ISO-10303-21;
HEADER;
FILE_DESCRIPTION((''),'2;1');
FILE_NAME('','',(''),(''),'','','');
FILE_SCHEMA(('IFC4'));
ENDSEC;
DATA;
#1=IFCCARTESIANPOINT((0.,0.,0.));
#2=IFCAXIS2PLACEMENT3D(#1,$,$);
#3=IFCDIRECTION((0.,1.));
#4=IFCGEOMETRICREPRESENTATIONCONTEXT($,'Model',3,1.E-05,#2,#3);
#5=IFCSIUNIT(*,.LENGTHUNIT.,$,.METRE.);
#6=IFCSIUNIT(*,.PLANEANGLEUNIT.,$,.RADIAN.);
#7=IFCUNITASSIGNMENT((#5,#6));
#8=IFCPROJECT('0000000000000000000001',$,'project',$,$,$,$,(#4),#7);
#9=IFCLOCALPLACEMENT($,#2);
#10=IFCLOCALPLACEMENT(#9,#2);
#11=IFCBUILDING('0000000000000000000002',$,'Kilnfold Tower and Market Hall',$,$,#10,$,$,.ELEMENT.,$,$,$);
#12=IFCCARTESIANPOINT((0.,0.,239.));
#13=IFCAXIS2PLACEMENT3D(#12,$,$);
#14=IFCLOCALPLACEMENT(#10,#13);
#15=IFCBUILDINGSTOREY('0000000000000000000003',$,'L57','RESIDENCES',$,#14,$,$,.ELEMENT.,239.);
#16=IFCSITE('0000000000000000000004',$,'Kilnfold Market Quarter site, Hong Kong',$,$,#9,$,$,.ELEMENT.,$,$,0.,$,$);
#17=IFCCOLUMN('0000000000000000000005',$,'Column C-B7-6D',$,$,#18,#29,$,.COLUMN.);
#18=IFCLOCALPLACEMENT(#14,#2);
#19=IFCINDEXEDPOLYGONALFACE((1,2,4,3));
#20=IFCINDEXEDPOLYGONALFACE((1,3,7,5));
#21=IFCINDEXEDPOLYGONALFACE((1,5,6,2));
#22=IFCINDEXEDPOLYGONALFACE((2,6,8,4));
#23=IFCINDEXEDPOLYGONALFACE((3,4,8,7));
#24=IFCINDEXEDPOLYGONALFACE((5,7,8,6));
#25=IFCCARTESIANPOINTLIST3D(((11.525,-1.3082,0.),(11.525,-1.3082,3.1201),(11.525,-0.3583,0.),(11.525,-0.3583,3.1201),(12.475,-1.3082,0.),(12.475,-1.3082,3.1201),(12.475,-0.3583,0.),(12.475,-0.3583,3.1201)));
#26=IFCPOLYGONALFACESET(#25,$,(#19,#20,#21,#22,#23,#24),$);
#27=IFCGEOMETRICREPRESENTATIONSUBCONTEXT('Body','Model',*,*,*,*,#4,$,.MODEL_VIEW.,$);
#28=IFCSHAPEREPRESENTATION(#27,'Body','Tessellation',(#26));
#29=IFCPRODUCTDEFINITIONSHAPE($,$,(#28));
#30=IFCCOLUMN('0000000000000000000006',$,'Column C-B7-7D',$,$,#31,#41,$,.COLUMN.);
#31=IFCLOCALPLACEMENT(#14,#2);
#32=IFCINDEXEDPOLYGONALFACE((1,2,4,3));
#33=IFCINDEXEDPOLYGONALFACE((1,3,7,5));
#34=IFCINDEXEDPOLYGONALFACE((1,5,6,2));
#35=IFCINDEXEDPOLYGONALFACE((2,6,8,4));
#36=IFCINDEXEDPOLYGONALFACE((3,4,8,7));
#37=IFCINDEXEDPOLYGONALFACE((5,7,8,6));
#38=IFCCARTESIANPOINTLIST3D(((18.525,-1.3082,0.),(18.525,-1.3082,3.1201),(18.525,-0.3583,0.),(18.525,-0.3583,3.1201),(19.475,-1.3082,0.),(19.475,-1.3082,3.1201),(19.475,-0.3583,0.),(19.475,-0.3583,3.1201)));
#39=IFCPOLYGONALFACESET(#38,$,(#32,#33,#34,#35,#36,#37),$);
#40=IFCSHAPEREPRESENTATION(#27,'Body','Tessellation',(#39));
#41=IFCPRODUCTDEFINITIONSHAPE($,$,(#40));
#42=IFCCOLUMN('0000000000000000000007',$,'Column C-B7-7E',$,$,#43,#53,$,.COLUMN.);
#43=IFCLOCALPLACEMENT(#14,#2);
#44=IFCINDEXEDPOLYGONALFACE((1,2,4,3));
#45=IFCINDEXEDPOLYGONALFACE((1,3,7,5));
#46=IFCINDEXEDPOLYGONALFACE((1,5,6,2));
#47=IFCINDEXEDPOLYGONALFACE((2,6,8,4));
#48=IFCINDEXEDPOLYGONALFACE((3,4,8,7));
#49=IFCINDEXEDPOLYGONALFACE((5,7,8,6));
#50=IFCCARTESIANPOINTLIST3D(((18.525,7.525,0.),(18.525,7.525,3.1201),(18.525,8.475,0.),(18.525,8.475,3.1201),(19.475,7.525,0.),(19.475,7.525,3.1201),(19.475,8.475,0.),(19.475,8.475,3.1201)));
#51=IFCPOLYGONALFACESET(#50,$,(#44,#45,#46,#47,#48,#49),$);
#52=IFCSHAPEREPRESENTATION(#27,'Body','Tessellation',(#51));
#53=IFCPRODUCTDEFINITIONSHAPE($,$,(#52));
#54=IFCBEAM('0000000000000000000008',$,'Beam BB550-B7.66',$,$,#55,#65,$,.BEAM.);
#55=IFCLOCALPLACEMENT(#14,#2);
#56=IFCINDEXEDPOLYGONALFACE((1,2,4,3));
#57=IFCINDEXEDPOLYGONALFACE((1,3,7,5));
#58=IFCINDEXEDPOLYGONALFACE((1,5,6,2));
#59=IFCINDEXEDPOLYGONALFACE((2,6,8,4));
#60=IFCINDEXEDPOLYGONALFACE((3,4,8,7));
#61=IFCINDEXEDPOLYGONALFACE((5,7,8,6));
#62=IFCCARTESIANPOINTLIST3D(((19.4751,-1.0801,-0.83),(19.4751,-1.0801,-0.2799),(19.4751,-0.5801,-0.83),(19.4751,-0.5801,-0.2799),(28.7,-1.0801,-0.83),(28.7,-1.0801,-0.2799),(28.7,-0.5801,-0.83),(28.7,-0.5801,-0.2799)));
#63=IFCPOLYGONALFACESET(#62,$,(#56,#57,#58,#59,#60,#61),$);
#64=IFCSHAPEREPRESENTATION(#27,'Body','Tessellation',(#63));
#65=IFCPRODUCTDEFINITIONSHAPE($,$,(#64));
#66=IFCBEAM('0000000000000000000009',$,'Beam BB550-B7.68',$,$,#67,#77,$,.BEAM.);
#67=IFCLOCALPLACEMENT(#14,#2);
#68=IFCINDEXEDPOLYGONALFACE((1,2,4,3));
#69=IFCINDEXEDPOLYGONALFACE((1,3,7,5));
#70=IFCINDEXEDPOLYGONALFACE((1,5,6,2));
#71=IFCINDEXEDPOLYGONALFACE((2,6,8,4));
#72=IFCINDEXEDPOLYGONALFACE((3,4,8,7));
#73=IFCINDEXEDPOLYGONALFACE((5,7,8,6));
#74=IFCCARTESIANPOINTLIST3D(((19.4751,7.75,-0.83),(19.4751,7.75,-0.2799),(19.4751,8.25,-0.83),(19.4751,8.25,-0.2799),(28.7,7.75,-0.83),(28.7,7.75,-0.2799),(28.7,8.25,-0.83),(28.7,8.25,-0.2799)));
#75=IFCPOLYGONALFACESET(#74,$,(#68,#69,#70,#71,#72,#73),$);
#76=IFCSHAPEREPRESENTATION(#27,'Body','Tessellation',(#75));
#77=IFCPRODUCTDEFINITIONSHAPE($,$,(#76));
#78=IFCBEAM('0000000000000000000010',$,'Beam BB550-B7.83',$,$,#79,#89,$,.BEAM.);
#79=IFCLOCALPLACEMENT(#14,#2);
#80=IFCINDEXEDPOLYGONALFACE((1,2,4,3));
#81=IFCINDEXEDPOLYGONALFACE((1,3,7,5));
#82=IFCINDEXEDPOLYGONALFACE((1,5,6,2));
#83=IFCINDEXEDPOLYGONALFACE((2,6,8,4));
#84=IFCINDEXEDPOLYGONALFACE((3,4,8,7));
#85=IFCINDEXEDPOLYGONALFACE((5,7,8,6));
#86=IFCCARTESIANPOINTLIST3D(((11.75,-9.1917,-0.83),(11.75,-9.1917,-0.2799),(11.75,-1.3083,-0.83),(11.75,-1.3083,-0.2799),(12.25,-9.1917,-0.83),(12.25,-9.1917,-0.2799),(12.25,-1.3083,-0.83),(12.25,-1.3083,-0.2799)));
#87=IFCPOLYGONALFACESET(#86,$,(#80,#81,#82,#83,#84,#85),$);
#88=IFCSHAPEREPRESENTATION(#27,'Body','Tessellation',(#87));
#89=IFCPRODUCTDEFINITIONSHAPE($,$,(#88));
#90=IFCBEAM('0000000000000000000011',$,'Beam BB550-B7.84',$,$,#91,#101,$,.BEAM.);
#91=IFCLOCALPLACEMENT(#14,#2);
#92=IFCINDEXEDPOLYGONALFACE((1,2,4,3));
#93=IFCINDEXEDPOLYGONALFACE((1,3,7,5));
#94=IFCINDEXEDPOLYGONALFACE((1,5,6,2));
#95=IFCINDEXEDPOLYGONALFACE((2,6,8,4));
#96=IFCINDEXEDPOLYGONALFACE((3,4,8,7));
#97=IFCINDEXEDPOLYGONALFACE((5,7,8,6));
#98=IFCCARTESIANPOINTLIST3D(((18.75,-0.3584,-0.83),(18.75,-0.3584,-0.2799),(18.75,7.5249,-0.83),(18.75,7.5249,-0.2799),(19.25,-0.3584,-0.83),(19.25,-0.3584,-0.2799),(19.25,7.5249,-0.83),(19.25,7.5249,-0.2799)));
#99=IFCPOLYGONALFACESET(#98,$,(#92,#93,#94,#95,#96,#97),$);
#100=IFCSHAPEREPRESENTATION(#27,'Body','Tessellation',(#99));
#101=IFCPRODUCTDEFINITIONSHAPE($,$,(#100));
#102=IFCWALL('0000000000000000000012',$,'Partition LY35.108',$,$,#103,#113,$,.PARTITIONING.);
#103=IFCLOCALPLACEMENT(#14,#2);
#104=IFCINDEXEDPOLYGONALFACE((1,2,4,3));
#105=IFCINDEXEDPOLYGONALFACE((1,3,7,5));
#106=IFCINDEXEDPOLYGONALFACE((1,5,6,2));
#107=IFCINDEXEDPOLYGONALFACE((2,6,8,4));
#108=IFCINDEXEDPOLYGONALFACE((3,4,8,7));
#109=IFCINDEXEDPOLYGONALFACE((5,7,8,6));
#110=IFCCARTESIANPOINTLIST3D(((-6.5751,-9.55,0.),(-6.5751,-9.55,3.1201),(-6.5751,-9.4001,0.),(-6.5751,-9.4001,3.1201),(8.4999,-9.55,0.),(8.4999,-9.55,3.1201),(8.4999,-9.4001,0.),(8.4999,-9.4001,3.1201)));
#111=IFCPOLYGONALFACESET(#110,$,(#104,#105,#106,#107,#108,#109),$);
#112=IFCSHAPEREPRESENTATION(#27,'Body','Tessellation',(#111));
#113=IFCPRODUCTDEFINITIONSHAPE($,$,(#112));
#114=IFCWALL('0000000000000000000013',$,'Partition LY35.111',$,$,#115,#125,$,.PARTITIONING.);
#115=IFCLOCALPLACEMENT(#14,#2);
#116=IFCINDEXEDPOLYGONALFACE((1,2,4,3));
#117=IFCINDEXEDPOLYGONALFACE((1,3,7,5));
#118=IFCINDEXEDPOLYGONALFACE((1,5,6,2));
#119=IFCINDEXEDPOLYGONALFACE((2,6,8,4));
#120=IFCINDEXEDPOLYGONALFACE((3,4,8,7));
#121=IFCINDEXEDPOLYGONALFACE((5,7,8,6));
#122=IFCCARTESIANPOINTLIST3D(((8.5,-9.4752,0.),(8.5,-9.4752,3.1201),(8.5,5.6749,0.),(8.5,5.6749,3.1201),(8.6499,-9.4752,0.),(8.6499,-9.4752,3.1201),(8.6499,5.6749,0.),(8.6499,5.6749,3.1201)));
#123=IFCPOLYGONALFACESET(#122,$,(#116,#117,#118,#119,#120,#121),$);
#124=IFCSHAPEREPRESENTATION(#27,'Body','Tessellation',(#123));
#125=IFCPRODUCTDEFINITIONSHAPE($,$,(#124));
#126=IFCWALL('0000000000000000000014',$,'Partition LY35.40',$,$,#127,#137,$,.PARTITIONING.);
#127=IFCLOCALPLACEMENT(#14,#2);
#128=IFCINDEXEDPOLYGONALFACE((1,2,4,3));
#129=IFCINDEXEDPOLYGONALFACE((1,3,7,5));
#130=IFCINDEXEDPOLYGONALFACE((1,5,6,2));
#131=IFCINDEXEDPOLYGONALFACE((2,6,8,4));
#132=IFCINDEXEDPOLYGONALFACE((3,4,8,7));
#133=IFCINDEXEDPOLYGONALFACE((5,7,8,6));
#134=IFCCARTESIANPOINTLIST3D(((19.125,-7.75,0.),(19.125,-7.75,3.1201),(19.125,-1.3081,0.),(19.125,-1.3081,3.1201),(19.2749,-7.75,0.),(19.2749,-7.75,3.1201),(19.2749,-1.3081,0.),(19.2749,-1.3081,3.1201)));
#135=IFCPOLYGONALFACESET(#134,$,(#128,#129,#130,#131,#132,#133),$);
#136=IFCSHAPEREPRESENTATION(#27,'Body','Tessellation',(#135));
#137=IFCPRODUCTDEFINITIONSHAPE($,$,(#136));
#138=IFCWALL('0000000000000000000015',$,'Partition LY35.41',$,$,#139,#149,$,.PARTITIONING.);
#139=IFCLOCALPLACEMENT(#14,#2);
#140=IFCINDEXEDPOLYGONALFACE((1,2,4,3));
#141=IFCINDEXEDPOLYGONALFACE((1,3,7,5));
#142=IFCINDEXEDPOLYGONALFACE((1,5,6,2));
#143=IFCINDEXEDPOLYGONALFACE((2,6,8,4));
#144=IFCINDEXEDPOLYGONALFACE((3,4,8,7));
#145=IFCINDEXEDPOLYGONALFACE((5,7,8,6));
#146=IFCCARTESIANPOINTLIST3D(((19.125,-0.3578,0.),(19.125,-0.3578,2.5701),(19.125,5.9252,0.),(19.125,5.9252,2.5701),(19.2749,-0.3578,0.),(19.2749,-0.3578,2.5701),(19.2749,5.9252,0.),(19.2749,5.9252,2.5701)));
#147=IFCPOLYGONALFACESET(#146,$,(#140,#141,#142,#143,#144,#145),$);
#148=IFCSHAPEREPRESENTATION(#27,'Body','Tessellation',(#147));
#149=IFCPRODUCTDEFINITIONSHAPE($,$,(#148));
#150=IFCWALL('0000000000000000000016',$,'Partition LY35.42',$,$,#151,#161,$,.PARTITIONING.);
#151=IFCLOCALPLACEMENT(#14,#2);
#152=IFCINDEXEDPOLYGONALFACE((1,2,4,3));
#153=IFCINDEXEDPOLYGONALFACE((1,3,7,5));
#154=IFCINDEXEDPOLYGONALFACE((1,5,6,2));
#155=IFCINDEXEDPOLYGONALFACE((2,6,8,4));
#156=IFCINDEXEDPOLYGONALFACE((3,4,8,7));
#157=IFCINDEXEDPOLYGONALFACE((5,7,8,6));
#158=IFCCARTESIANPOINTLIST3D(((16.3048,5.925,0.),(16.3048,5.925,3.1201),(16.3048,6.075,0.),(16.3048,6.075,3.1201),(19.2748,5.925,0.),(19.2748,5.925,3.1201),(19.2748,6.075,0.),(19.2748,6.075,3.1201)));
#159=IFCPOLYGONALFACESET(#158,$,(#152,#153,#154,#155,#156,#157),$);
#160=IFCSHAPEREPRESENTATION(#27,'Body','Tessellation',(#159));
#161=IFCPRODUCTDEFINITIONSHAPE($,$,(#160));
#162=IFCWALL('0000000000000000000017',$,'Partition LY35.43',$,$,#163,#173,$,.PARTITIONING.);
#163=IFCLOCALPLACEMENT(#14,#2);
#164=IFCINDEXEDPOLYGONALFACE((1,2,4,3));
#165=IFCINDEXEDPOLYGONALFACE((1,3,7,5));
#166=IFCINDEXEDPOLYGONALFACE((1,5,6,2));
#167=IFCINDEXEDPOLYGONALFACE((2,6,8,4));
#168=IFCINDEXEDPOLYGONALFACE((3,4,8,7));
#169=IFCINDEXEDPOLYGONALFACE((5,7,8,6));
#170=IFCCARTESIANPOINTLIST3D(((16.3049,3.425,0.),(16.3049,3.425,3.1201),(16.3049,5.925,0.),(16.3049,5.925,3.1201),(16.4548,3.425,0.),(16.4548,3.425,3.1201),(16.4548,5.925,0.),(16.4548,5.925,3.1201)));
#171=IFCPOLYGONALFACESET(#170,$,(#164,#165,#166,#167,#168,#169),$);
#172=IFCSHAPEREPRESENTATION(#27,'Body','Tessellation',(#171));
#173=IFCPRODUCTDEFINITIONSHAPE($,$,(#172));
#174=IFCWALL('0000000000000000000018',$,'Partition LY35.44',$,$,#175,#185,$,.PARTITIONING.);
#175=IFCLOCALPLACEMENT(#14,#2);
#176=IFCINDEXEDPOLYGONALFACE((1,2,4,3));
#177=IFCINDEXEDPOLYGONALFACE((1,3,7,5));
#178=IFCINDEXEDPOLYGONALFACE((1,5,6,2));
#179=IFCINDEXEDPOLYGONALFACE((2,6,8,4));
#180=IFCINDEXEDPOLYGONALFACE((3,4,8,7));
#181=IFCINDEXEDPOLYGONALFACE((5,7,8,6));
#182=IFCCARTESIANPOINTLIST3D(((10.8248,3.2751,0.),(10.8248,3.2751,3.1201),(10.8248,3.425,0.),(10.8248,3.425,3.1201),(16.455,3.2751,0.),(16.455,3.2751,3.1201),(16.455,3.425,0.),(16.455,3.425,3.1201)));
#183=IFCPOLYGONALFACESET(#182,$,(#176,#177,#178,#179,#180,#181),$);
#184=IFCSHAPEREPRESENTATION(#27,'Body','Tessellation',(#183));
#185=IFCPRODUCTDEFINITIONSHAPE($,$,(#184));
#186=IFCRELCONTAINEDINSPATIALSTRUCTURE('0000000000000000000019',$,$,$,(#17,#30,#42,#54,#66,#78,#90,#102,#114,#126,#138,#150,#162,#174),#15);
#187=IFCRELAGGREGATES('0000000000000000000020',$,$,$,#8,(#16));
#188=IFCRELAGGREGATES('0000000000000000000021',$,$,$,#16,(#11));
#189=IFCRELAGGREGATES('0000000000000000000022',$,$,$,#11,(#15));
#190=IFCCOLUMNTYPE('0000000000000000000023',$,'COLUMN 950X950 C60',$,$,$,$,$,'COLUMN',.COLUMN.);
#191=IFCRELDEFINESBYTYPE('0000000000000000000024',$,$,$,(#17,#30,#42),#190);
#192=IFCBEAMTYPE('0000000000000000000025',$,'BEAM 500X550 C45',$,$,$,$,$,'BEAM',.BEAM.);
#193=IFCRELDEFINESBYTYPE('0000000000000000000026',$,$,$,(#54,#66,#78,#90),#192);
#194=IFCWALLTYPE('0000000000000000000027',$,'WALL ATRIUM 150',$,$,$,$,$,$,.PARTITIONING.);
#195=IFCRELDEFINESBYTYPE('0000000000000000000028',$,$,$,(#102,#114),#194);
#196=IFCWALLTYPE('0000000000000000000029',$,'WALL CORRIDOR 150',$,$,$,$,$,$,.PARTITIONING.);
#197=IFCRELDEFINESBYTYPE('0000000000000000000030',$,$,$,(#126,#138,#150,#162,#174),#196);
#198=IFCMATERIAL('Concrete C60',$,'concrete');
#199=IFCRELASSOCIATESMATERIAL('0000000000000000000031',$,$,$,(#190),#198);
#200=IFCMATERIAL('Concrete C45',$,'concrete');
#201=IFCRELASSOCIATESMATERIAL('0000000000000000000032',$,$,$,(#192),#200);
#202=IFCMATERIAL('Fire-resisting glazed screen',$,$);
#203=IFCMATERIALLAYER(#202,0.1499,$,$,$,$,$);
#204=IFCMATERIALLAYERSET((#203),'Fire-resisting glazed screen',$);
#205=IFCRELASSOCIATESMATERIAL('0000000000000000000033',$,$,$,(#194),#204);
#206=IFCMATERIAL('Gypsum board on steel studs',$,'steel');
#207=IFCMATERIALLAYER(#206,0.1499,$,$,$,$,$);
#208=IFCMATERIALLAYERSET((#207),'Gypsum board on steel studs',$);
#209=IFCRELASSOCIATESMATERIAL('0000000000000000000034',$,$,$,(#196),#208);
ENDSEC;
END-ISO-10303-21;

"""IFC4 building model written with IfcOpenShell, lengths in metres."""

from ifc_helpers import new_model, si_unit, direction, frame, frame_2d, origin, origin_2d, place, context, subcontext, project, spatial, rectangle, extrude, source, transform, mapped, material, layer, layer_set, material_profile, profile_set, type_object, element, save


model = new_model("IFC4")

# Units and contexts
model_context = context("Model", 3, precision=1e-05, world=origin(), true_north=direction((0.0, 1.0)))
body_context = subcontext(model_context, "Body", "Model", "MODEL_VIEW")
ifc_project = project(units=[si_unit("LENGTHUNIT", "METRE"), si_unit("PLANEANGLEUNIT", "RADIAN")], contexts=[model_context])

# Site, building, storey
site_placement = place(None, origin())
site = spatial("IfcSite", under=ifc_project, at=site_placement, Name="Kilnfold Market Quarter site, Hong Kong", CompositionType="ELEMENT", RefElevation=0.0)
building_placement = place(site_placement, origin())
building = spatial("IfcBuilding", under=site, at=building_placement, Name="Kilnfold Tower and Market Hall", CompositionType="ELEMENT")
storey_placement = place(building_placement, frame((0.0, 0.0, 239.0)))
storey = spatial("IfcBuildingStorey", under=building, at=storey_placement, Name="L57", Description="RESIDENCES", CompositionType="ELEMENT", Elevation=239.0)

# Columns
ifc_material_1 = material(Name="Concrete C60", Category="concrete")
ifc_material_profile_1 = material_profile(ifc_material_1, rectangle(XDim=0.95, YDim=0.95, at=origin_2d()), Name="RC 950x950")
ifc_profile_set_1 = profile_set([ifc_material_profile_1], Name="Concrete C60")
column_type = type_object("IfcColumnType", Name="COLUMN 950X950 C60", ElementType="COLUMN", PredefinedType="COLUMN", material=ifc_profile_set_1)
shared_shape_1 = source(origin(), body_context, "Body", "SweptSolid", [
    extrude(rectangle(XDim=0.95, YDim=0.95, at=origin_2d()), origin(), (0.0, 0.0, 1.0), 3.1201),
])
for number, where, z_axis, x_axis, name in (
    (1, (12.0, -0.8333, 0.0), (0.0, 0.0, 1.0), (1.0, 0.0, 0.0), "Column C-B7-6D"),
    (2, (19.0, -0.8333, 0.0), (0.0, 0.0, 1.0), (1.0, 0.0, 0.0), "Column C-B7-7D"),
    (3, (19.0, 8.0, 0.0), (0.0, 0.0, 1.0), (1.0, 0.0, 0.0), "Column C-B7-7E"),
):
    element("IfcColumn", number, at=place(storey_placement, frame(where, z_axis=z_axis, x_axis=x_axis)), inside=storey, type_object=column_type, Name=name, PredefinedType="COLUMN", context=body_context, shape_type="MappedRepresentation", body=[
        mapped(shared_shape_1, transform((0.0, 0.0, 0.0))),
    ])

# Beams
ifc_material_2 = material(Name="Concrete C45", Category="concrete")
ifc_material_profile_2 = material_profile(ifc_material_2, rectangle(XDim=0.5, YDim=0.55, at=origin_2d()), Name="RC 500x550")
ifc_profile_set_2 = profile_set([ifc_material_profile_2], Name="Concrete C45")
beam_type = type_object("IfcBeamType", Name="BEAM 500X550 C45", ElementType="BEAM", PredefinedType="BEAM", material=ifc_profile_set_2)
shared_shape_2 = source(origin(), body_context, "Body", "SweptSolid", [
    extrude(rectangle(XDim=0.5, YDim=0.55, at=origin_2d()), origin(), (0.0, 0.0, 1.0), 9.2249),
])
for number, where, z_axis, x_axis, name in (
    (4, (19.4751, -0.8301, -0.5549), (1.0, 0.0, 0.0), (0.0, 1.0, 0.0), "Beam BB550-B7.66"),
    (5, (19.4751, 8.0, -0.5549), (1.0, 0.0, 0.0), (0.0, 1.0, 0.0), "Beam BB550-B7.68"),
):
    element("IfcBeam", number, at=place(storey_placement, frame(where, z_axis=z_axis, x_axis=x_axis)), inside=storey, type_object=beam_type, Name=name, PredefinedType="BEAM", context=body_context, shape_type="MappedRepresentation", body=[
        mapped(shared_shape_2, transform((0.0, 0.0, 0.0))),
    ])
shared_shape_3 = source(origin(), body_context, "Body", "SweptSolid", [
    extrude(rectangle(XDim=0.5, YDim=0.55, at=origin_2d()), origin(), (0.0, 0.0, 1.0), 7.8833),
])
for number, where, z_axis, x_axis, name in (
    (6, (12.0, -9.1917, -0.5549), (0.0, 1.0, 0.0), (-1.0, 0.0, 0.0), "Beam BB550-B7.83"),
    (7, (19.0, -0.3584, -0.5549), (0.0, 1.0, 0.0), (-1.0, 0.0, 0.0), "Beam BB550-B7.84"),
):
    element("IfcBeam", number, at=place(storey_placement, frame(where, z_axis=z_axis, x_axis=x_axis)), inside=storey, type_object=beam_type, Name=name, PredefinedType="BEAM", context=body_context, shape_type="MappedRepresentation", body=[
        mapped(shared_shape_3, transform((0.0, 0.0, 0.0))),
    ])

# Walls
ifc_material_3 = material(Name="Fire-resisting glazed screen")
ifc_layer_1 = layer(ifc_material_3, 0.1499)
ifc_layer_set_1 = layer_set([ifc_layer_1], Name="Fire-resisting glazed screen")
wall_type_1 = type_object("IfcWallType", Name="WALL ATRIUM 150", PredefinedType="PARTITIONING", material=ifc_layer_set_1)
wall_1_placement = place(storey_placement, frame((8.5, -9.4751, 0.0), z_axis=(0.0, 0.0, 1.0), x_axis=(-1.0, 0.0, 0.0)))
element("IfcWall", 8, at=wall_1_placement, inside=storey, type_object=wall_type_1, Name="Partition LY35.108", PredefinedType="PARTITIONING", context=body_context, shape_type="SweptSolid", body=[
    extrude(rectangle(XDim=15.075, YDim=0.1499, at=frame_2d((7.5376, 0.0))), origin(), (0.0, 0.0, 1.0), 3.1201),
])
wall_2_placement = place(storey_placement, frame((8.575, 5.675, 0.0), z_axis=(0.0, 0.0, 1.0), x_axis=(0.0, -1.0, 0.0)))
element("IfcWall", 9, at=wall_2_placement, inside=storey, type_object=wall_type_1, Name="Partition LY35.111", PredefinedType="PARTITIONING", context=body_context, shape_type="SweptSolid", body=[
    extrude(rectangle(XDim=15.1501, YDim=0.1499, at=frame_2d((7.5752, 0.0))), origin(), (0.0, 0.0, 1.0), 3.1201),
])
ifc_material_4 = material(Name="Gypsum board on steel studs", Category="steel")
ifc_layer_2 = layer(ifc_material_4, 0.1499)
ifc_layer_set_2 = layer_set([ifc_layer_2], Name="Gypsum board on steel studs")
wall_type_2 = type_object("IfcWallType", Name="WALL CORRIDOR 150", PredefinedType="PARTITIONING", material=ifc_layer_set_2)
wall_3_placement = place(storey_placement, frame((19.2, -7.75, 0.0), z_axis=(0.0, 0.0, 1.0), x_axis=(0.0, 1.0, 0.0)))
element("IfcWall", 10, at=wall_3_placement, inside=storey, type_object=wall_type_2, Name="Partition LY35.40", PredefinedType="PARTITIONING", context=body_context, shape_type="SweptSolid", body=[
    extrude(rectangle(XDim=6.4419, YDim=0.1499, at=frame_2d((3.2209, 0.0))), origin(), (0.0, 0.0, 1.0), 3.1201),
])
wall_4_placement = place(storey_placement, frame((19.2, -0.3579, 0.0), z_axis=(0.0, 0.0, 1.0), x_axis=(0.0, 1.0, 0.0)))
element("IfcWall", 11, at=wall_4_placement, inside=storey, type_object=wall_type_2, Name="Partition LY35.41", PredefinedType="PARTITIONING", context=body_context, shape_type="SweptSolid", body=[
    extrude(rectangle(XDim=6.283, YDim=0.1499, at=frame_2d((3.1416, 0.0))), origin(), (0.0, 0.0, 1.0), 2.5701),
])
wall_5_placement = place(storey_placement, frame((16.3049, 6.0, 0.0), z_axis=(0.0, 0.0, 1.0), x_axis=(1.0, 0.0, 0.0)))
element("IfcWall", 12, at=wall_5_placement, inside=storey, type_object=wall_type_2, Name="Partition LY35.42", PredefinedType="PARTITIONING", context=body_context, shape_type="SweptSolid", body=[
    extrude(rectangle(XDim=2.97, YDim=0.1499, at=frame_2d((1.4849, 0.0))), origin(), (0.0, 0.0, 1.0), 3.1201),
])
wall_6_placement = place(storey_placement, frame((16.3799, 3.425, 0.0), z_axis=(0.0, 0.0, 1.0), x_axis=(0.0, 1.0, 0.0)))
element("IfcWall", 13, at=wall_6_placement, inside=storey, type_object=wall_type_2, Name="Partition LY35.43", PredefinedType="PARTITIONING", context=body_context, shape_type="SweptSolid", body=[
    extrude(rectangle(XDim=2.5, YDim=0.1499, at=frame_2d((1.25, 0.0))), origin(), (0.0, 0.0, 1.0), 3.1201),
])
wall_7_placement = place(storey_placement, frame((10.825, 3.3501, 0.0), z_axis=(0.0, 0.0, 1.0), x_axis=(1.0, 0.0, 0.0)))
element("IfcWall", 14, at=wall_7_placement, inside=storey, type_object=wall_type_2, Name="Partition LY35.44", PredefinedType="PARTITIONING", context=body_context, shape_type="SweptSolid", body=[
    extrude(rectangle(XDim=5.6301, YDim=0.1499, at=frame_2d((2.8149, 0.0))), origin(), (0.0, 0.0, 1.0), 3.1201),
])

save(model, "model.ifc")
